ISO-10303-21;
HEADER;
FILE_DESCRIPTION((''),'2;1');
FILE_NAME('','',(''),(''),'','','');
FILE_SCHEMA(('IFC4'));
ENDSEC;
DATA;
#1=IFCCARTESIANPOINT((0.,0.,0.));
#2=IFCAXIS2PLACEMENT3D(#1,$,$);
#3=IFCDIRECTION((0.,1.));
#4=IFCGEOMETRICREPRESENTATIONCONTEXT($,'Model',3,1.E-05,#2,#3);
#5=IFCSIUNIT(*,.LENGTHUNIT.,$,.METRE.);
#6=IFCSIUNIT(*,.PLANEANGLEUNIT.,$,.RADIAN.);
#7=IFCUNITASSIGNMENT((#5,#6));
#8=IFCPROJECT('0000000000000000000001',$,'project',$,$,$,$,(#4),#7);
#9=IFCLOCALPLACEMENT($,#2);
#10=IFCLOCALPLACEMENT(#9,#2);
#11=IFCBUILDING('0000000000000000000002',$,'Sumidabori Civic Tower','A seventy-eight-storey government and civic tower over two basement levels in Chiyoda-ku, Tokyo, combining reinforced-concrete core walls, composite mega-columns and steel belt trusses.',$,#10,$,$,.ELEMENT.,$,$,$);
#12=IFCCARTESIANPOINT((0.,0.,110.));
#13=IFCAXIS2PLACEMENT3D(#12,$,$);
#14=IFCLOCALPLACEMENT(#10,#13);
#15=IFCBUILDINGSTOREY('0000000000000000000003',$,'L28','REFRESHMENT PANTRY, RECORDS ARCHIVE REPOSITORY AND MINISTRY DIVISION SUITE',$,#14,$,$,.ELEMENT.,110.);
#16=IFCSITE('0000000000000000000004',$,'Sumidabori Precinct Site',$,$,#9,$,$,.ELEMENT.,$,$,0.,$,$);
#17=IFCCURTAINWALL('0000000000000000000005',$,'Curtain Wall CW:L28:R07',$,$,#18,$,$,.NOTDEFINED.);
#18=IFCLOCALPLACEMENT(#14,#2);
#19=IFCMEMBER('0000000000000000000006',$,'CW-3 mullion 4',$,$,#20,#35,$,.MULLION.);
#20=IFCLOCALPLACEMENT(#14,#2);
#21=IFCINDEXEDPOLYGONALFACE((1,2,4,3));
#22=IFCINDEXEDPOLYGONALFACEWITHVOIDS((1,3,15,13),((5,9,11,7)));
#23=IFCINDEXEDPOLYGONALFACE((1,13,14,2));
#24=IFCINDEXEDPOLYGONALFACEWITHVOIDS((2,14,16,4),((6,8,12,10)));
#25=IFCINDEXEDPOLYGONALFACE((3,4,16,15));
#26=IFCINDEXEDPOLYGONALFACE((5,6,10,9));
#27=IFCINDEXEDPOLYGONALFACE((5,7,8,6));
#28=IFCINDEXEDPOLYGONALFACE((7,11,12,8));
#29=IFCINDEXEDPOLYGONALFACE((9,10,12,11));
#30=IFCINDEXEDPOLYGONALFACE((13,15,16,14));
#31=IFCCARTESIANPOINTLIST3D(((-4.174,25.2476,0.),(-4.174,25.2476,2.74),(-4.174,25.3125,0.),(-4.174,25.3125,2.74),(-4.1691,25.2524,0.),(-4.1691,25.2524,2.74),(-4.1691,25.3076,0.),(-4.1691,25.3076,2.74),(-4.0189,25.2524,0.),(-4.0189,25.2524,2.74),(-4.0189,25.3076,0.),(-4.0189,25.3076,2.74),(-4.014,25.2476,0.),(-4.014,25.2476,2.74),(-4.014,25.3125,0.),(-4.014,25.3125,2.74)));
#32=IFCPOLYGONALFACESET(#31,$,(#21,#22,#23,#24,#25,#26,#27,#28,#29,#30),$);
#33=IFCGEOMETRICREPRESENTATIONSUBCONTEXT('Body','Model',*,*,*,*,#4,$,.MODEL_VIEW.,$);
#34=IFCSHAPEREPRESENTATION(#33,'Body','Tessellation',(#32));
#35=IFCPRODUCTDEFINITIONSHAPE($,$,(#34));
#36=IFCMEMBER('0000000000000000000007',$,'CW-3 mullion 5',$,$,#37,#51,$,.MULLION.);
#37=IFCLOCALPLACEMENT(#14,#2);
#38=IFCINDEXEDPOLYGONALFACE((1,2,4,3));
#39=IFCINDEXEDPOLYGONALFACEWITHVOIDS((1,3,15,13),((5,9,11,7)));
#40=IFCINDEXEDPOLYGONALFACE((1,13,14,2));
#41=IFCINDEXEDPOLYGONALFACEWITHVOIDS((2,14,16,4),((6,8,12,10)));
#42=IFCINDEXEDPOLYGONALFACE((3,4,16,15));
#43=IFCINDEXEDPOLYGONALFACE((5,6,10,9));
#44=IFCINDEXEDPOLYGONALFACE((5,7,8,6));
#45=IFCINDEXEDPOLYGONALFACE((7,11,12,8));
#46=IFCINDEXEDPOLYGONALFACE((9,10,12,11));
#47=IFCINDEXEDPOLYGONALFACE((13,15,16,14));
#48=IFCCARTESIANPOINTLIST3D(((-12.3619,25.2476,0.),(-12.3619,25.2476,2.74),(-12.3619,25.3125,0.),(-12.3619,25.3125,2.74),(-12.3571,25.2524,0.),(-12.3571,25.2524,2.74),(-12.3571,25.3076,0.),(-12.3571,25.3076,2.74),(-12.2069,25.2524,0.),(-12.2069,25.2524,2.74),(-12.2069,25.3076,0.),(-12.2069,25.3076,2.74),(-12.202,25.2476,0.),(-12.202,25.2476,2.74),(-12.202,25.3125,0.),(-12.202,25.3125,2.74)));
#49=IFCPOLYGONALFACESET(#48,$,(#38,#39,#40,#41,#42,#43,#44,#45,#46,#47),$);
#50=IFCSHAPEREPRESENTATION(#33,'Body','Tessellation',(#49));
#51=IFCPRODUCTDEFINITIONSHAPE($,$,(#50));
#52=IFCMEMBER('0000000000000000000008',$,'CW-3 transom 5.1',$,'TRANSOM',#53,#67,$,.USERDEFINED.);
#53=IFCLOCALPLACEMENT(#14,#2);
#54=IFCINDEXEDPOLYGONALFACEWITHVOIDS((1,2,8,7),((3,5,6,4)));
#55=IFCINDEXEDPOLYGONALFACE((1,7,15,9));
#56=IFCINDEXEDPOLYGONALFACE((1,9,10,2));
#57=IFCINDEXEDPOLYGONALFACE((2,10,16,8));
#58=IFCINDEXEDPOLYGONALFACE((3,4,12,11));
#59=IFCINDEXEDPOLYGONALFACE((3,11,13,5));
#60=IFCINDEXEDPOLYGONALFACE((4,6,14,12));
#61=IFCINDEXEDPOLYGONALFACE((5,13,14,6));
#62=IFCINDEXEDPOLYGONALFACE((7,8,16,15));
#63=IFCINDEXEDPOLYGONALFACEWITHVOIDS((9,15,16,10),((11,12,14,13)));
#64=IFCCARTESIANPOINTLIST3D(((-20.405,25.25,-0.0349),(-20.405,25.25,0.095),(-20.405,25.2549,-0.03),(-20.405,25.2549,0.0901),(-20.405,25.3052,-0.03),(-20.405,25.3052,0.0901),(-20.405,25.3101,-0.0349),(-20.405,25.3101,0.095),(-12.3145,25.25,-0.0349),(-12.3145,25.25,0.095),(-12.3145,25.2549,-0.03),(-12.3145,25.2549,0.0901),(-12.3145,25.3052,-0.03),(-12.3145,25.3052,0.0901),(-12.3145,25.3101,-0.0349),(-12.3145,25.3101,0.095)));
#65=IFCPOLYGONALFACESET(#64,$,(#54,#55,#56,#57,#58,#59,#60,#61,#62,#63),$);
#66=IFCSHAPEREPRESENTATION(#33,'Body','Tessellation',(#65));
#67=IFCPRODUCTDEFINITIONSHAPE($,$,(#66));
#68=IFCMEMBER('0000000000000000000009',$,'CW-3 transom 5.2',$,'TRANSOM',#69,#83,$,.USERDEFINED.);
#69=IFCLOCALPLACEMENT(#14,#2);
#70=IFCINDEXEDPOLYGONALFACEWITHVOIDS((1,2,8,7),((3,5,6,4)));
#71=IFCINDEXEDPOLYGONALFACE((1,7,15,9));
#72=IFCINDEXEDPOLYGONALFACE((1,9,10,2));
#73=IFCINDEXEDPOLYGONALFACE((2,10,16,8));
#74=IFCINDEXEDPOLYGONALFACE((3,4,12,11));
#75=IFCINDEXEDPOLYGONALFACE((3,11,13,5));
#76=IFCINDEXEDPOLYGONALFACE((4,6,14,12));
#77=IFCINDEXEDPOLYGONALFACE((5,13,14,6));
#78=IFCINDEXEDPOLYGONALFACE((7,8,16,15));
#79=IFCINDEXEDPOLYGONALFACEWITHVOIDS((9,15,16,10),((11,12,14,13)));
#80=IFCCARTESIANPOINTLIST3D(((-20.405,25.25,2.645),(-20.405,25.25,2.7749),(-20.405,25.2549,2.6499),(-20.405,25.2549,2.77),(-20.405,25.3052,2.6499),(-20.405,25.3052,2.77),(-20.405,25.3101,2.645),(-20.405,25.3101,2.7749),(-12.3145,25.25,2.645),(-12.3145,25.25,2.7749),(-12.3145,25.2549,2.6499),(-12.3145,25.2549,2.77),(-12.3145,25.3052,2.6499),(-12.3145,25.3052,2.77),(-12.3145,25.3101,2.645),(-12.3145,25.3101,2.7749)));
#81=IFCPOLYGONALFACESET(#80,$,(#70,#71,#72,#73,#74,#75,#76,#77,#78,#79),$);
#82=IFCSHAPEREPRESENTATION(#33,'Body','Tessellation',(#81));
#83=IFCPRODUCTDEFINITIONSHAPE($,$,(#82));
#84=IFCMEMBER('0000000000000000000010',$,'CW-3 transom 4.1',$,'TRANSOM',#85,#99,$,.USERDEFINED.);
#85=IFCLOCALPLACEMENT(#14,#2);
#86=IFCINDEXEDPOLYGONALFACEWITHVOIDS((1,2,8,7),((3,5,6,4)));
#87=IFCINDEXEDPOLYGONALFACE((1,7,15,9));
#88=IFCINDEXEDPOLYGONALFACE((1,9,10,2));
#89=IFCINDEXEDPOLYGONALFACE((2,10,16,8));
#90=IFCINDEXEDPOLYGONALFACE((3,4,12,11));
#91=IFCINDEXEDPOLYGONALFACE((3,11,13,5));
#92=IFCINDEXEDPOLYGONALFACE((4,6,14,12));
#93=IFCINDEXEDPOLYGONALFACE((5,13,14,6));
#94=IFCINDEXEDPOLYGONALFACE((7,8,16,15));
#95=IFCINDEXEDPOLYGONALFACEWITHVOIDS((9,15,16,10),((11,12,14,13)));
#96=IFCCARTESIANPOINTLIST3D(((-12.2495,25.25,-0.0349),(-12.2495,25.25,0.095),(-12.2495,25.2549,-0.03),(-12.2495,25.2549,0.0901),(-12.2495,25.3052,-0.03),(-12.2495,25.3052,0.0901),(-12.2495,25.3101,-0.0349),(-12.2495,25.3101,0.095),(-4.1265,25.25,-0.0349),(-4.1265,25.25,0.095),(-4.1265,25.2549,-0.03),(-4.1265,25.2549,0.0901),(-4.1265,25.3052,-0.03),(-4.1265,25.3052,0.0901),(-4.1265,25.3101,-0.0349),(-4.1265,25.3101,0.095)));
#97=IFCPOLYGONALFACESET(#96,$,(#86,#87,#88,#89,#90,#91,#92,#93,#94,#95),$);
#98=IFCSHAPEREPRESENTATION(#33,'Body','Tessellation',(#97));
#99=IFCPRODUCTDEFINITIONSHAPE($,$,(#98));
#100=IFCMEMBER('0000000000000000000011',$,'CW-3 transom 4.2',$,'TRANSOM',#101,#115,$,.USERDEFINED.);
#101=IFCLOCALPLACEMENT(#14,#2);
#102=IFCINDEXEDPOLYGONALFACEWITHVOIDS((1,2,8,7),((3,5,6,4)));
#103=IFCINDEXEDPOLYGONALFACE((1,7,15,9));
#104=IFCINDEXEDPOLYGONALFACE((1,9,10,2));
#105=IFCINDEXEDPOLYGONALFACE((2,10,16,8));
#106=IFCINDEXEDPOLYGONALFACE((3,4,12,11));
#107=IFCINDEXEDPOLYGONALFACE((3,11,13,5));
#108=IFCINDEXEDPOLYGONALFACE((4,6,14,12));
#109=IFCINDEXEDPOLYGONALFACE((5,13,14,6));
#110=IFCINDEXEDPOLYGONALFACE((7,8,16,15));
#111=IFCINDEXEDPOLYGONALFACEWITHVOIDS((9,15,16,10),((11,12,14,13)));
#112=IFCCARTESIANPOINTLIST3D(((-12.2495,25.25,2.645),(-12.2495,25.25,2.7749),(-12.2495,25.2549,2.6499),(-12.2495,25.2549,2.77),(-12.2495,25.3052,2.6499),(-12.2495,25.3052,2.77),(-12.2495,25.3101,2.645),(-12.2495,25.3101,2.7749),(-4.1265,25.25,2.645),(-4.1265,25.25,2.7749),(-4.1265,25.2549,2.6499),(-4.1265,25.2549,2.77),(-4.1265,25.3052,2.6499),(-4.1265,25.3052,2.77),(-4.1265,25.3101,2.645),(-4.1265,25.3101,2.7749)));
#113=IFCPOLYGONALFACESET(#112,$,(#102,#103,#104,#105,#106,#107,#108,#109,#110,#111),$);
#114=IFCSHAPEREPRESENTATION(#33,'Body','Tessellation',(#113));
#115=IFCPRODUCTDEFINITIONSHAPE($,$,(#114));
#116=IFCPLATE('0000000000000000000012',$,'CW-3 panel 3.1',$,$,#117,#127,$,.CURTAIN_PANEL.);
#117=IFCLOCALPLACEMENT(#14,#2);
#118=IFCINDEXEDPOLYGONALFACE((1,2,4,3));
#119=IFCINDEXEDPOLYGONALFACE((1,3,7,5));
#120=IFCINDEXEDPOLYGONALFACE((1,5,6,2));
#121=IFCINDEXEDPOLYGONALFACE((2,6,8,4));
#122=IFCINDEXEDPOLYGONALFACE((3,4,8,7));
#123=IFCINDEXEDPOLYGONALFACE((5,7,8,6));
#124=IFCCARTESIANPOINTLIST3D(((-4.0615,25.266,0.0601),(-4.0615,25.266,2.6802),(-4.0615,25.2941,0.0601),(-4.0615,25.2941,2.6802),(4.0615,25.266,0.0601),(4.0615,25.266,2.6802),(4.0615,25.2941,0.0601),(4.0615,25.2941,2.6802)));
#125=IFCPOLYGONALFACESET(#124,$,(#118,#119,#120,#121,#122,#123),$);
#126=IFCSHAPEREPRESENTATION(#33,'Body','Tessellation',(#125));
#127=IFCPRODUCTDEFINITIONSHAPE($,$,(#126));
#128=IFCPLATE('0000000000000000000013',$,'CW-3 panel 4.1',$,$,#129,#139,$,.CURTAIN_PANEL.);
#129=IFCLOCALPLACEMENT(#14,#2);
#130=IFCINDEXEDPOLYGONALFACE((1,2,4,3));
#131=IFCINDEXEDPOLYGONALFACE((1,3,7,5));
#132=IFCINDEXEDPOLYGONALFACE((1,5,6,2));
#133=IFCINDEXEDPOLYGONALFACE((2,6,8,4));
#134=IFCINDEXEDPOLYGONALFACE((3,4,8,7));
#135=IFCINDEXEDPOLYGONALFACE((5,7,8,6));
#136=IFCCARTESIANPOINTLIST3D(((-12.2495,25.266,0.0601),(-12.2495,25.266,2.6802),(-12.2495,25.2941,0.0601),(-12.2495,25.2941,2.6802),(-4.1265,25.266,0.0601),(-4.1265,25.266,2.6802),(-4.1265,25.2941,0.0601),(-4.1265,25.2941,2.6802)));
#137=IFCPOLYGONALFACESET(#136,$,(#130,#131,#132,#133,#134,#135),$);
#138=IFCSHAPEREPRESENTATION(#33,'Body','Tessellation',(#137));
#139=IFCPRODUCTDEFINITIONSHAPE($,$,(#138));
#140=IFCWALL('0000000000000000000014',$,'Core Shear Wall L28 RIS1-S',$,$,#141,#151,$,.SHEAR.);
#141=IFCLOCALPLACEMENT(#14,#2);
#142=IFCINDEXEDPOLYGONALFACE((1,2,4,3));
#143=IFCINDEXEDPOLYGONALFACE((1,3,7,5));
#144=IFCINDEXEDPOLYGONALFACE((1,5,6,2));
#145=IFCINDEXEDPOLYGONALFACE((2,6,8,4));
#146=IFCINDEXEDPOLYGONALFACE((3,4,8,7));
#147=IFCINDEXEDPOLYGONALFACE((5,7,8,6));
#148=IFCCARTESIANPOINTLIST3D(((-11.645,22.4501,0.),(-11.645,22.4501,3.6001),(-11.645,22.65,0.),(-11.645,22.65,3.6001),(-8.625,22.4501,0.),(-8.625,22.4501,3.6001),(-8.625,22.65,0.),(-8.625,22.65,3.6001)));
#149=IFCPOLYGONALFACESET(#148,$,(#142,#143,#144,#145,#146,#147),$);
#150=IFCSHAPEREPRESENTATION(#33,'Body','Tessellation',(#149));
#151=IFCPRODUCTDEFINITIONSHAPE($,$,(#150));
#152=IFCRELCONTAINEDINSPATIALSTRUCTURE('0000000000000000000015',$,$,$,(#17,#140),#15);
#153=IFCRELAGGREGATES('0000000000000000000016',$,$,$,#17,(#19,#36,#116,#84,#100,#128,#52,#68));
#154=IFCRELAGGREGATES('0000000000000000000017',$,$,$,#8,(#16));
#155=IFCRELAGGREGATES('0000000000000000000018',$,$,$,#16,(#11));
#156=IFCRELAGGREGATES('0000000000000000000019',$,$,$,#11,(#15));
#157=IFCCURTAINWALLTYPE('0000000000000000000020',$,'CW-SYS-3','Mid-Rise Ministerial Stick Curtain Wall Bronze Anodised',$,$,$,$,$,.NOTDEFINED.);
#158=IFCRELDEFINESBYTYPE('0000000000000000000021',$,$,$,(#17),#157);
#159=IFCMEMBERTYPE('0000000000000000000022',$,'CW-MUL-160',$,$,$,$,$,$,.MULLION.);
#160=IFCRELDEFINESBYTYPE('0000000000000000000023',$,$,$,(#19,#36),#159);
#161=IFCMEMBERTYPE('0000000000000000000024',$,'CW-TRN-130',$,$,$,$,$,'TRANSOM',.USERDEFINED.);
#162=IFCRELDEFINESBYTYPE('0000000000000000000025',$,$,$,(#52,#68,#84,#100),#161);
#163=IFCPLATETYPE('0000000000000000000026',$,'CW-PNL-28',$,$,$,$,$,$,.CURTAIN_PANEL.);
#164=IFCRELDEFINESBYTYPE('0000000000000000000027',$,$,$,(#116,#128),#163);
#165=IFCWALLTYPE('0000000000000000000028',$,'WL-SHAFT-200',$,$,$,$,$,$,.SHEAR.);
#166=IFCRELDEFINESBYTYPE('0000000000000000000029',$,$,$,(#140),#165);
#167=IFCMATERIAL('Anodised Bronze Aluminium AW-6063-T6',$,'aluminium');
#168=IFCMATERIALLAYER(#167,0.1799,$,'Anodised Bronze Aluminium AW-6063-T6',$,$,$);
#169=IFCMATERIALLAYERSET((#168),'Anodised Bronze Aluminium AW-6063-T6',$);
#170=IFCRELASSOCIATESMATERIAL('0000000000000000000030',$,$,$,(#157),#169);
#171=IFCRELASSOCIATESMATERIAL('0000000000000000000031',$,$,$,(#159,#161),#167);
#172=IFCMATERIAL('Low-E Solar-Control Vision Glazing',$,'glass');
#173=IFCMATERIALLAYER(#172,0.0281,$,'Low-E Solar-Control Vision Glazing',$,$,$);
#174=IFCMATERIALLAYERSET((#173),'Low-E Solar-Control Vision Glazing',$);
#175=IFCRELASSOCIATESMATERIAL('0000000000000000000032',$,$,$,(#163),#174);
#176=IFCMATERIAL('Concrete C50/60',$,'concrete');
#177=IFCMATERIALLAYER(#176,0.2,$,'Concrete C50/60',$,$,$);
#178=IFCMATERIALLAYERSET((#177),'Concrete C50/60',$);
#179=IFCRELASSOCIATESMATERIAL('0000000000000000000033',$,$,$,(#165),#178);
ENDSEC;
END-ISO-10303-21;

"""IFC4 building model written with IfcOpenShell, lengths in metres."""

from ifc_helpers import new_model, si_unit, direction, frame, frame_2d, origin, origin_2d, place, context, subcontext, project, spatial, rectangle, hollow_rectangle, extrude, source, transform, mapped, material, layer, layer_set, material_profile, profile_set, type_object, element, aggregate, save


model = new_model("IFC4")

# Units and contexts
model_context = context("Model", 3, precision=1e-05, world=origin(), true_north=direction((0.0, 1.0)))
body_context = subcontext(model_context, "Body", "Model", "MODEL_VIEW")
ifc_project = project(units=[si_unit("LENGTHUNIT", "METRE"), si_unit("PLANEANGLEUNIT", "RADIAN")], contexts=[model_context])

# Site, building, storey
site_placement = place(None, origin())
site = spatial("IfcSite", under=ifc_project, at=site_placement, Name="Sumidabori Precinct Site", CompositionType="ELEMENT", RefElevation=0.0)
building_placement = place(site_placement, origin())
building = spatial("IfcBuilding", under=site, at=building_placement, Name="Sumidabori Civic Tower", Description="A seventy-eight-storey government and civic tower over two basement levels in Chiyoda-ku, Tokyo, combining reinforced-concrete core walls, composite mega-columns and steel belt trusses.", CompositionType="ELEMENT")
storey_placement = place(building_placement, frame((0.0, 0.0, 110.0)))
storey = spatial("IfcBuildingStorey", under=building, at=storey_placement, Name="L28", Description="REFRESHMENT PANTRY, RECORDS ARCHIVE REPOSITORY AND MINISTRY DIVISION SUITE", CompositionType="ELEMENT", Elevation=110.0)

# Curtain wall, members, plates
ifc_material_1 = material(Name="Anodised Bronze Aluminium AW-6063-T6", Category="aluminium")
ifc_layer_1 = layer(ifc_material_1, 0.1799, Name="Anodised Bronze Aluminium AW-6063-T6")
ifc_layer_set_1 = layer_set([ifc_layer_1], Name="Anodised Bronze Aluminium AW-6063-T6")
curtain_wall_type = type_object("IfcCurtainWallType", Name="CW-SYS-3", Description="Mid-Rise Ministerial Stick Curtain Wall Bronze Anodised", PredefinedType="NOTDEFINED", material=ifc_layer_set_1)
curtain_wall_placement = place(storey_placement, origin())
curtain_wall = element("IfcCurtainWall", 1, at=curtain_wall_placement, inside=storey, type_object=curtain_wall_type, Name="Curtain Wall CW:L28:R07", PredefinedType="NOTDEFINED")
ifc_material_profile_1 = material_profile(ifc_material_1, hollow_rectangle(XDim=0.0649, YDim=0.1599, WallThickness=0.0049, at=origin_2d()), Name="ALU MULLION 160x65")
ifc_profile_set_1 = profile_set([ifc_material_profile_1], Name="Anodised Bronze Aluminium AW-6063-T6")
member_type_1 = type_object("IfcMemberType", Name="CW-MUL-160", PredefinedType="MULLION", material=ifc_profile_set_1)
shared_shape_1 = source(origin(), body_context, "Body", "SweptSolid", [
    extrude(hollow_rectangle(XDim=0.0649, YDim=0.1599, WallThickness=0.0049, at=origin_2d()), origin(), (0.0, 0.0, 1.0), 2.74),
])
member_1_placement = place(storey_placement, frame((-4.094, 25.28, 0.0), z_axis=(0.0, 0.0, 1.0), x_axis=(0.0, -1.0, 0.0)))
member_1 = element("IfcMember", 2, at=member_1_placement, type_object=member_type_1, Name="CW-3 mullion 4", PredefinedType="MULLION", context=body_context, shape_type="MappedRepresentation", body=[
    mapped(shared_shape_1, transform((0.0, 0.0, 0.0), x_axis=(1.0, 0.0, 0.0), y_axis=(0.0, 1.0, 0.0), z_axis=(0.0, 0.0, 1.0), scale=1.0)),
])
member_2_placement = place(storey_placement, frame((-12.282, 25.28, 0.0), z_axis=(0.0, 0.0, 1.0), x_axis=(0.0, -1.0, 0.0)))
member_2 = element("IfcMember", 3, at=member_2_placement, type_object=member_type_1, Name="CW-3 mullion 5", PredefinedType="MULLION", context=body_context, shape_type="MappedRepresentation", body=[
    mapped(shared_shape_1, transform((0.0, 0.0, 0.0), x_axis=(1.0, 0.0, 0.0), y_axis=(0.0, 1.0, 0.0), z_axis=(0.0, 0.0, 1.0), scale=1.0)),
])
ifc_material_profile_2 = material_profile(ifc_material_1, hollow_rectangle(XDim=0.0601, YDim=0.1299, WallThickness=0.0049, at=origin_2d()), Name="ALU TRANSOM 130x60")
ifc_profile_set_2 = profile_set([ifc_material_profile_2], Name="Anodised Bronze Aluminium AW-6063-T6")
member_type_2 = type_object("IfcMemberType", Name="CW-TRN-130", ElementType="TRANSOM", PredefinedType="USERDEFINED", material=ifc_profile_set_2)
shared_shape_2 = source(origin(), body_context, "Body", "SweptSolid", [
    extrude(hollow_rectangle(XDim=0.0601, YDim=0.1299, WallThickness=0.0049, at=origin_2d()), origin(), (0.0, 0.0, 1.0), 8.0906),
])
member_3_placement = place(storey_placement, frame((-12.3145, 25.28, 0.03), z_axis=(-1.0, 0.0, 0.0), x_axis=(0.0, -1.0, 0.0)))
member_3 = element("IfcMember", 4, at=member_3_placement, type_object=member_type_2, Name="CW-3 transom 5.1", ObjectType="TRANSOM", PredefinedType="USERDEFINED", context=body_context, shape_type="MappedRepresentation", body=[
    mapped(shared_shape_2, transform((0.0, 0.0, 0.0), x_axis=(1.0, 0.0, 0.0), y_axis=(0.0, 1.0, 0.0), z_axis=(0.0, 0.0, 1.0), scale=1.0)),
])
member_4_placement = place(storey_placement, frame((-12.3145, 25.28, 2.71), z_axis=(-1.0, 0.0, 0.0), x_axis=(0.0, -1.0, 0.0)))
member_4 = element("IfcMember", 5, at=member_4_placement, type_object=member_type_2, Name="CW-3 transom 5.2", ObjectType="TRANSOM", PredefinedType="USERDEFINED", context=body_context, shape_type="MappedRepresentation", body=[
    mapped(shared_shape_2, transform((0.0, 0.0, 0.0), x_axis=(1.0, 0.0, 0.0), y_axis=(0.0, 1.0, 0.0), z_axis=(0.0, 0.0, 1.0), scale=1.0)),
])
shared_shape_3 = source(origin(), body_context, "Body", "SweptSolid", [
    extrude(hollow_rectangle(XDim=0.0601, YDim=0.1299, WallThickness=0.0049, at=origin_2d()), origin(), (0.0, 0.0, 1.0), 8.123),
])
member_5_placement = place(storey_placement, frame((-4.1265, 25.28, 0.03), z_axis=(-1.0, 0.0, 0.0), x_axis=(0.0, -1.0, 0.0)))
member_5 = element("IfcMember", 6, at=member_5_placement, type_object=member_type_2, Name="CW-3 transom 4.1", ObjectType="TRANSOM", PredefinedType="USERDEFINED", context=body_context, shape_type="MappedRepresentation", body=[
    mapped(shared_shape_3, transform((0.0, 0.0, 0.0), x_axis=(1.0, 0.0, 0.0), y_axis=(0.0, 1.0, 0.0), z_axis=(0.0, 0.0, 1.0), scale=1.0)),
])
member_6_placement = place(storey_placement, frame((-4.1265, 25.28, 2.71), z_axis=(-1.0, 0.0, 0.0), x_axis=(0.0, -1.0, 0.0)))
member_6 = element("IfcMember", 7, at=member_6_placement, type_object=member_type_2, Name="CW-3 transom 4.2", ObjectType="TRANSOM", PredefinedType="USERDEFINED", context=body_context, shape_type="MappedRepresentation", body=[
    mapped(shared_shape_3, transform((0.0, 0.0, 0.0), x_axis=(1.0, 0.0, 0.0), y_axis=(0.0, 1.0, 0.0), z_axis=(0.0, 0.0, 1.0), scale=1.0)),
])
ifc_material_2 = material(Name="Low-E Solar-Control Vision Glazing", Category="glass")
ifc_layer_2 = layer(ifc_material_2, 0.0281, Name="Low-E Solar-Control Vision Glazing")
ifc_layer_set_2 = layer_set([ifc_layer_2], Name="Low-E Solar-Control Vision Glazing")
plate_type = type_object("IfcPlateType", Name="CW-PNL-28", PredefinedType="CURTAIN_PANEL", material=ifc_layer_set_2)
shared_shape_4 = source(origin(), body_context, "Body", "SweptSolid", [
    extrude(rectangle(XDim=8.123, YDim=0.0281, at=origin_2d()), origin(), (0.0, 0.0, 1.0), 2.6201),
])
plate_1_placement = place(storey_placement, frame((0.0, 25.28, 0.0601), z_axis=(0.0, 0.0, 1.0), x_axis=(-1.0, 0.0, 0.0)))
plate_1 = element("IfcPlate", 8, at=plate_1_placement, type_object=plate_type, Name="CW-3 panel 3.1", PredefinedType="CURTAIN_PANEL", context=body_context, shape_type="MappedRepresentation", body=[
    mapped(shared_shape_4, transform((0.0, 0.0, 0.0), x_axis=(1.0, 0.0, 0.0), y_axis=(0.0, 1.0, 0.0), z_axis=(0.0, 0.0, 1.0), scale=1.0)),
])
plate_2_placement = place(storey_placement, frame((-8.188, 25.28, 0.0601), z_axis=(0.0, 0.0, 1.0), x_axis=(-1.0, 0.0, 0.0)))
plate_2 = element("IfcPlate", 9, at=plate_2_placement, type_object=plate_type, Name="CW-3 panel 4.1", PredefinedType="CURTAIN_PANEL", context=body_context, shape_type="MappedRepresentation", body=[
    mapped(shared_shape_4, transform((0.0, 0.0, 0.0), x_axis=(1.0, 0.0, 0.0), y_axis=(0.0, 1.0, 0.0), z_axis=(0.0, 0.0, 1.0), scale=1.0)),
])
aggregate(curtain_wall, [member_1, member_2, plate_1, member_5, member_6, plate_2, member_3, member_4])

# Wall
ifc_material_3 = material(Name="Concrete C50/60", Category="concrete")
ifc_layer_3 = layer(ifc_material_3, 0.2, Name="Concrete C50/60")
ifc_layer_set_3 = layer_set([ifc_layer_3], Name="Concrete C50/60")
wall_type_1 = type_object("IfcWallType", Name="WL-SHAFT-200", PredefinedType="SHEAR", material=ifc_layer_set_3)
shared_shape_5 = source(origin(), body_context, "Body", "SweptSolid", [
    extrude(rectangle(XDim=3.02, YDim=0.2, at=frame_2d((1.51, 0.0))), origin(), (0.0, 0.0, 1.0), 3.6001),
])
wall_1_placement = place(storey_placement, frame((-11.645, 22.55, 0.0), z_axis=(0.0, 0.0, 1.0), x_axis=(1.0, 0.0, 0.0)))
element("IfcWall", 10, at=wall_1_placement, inside=storey, type_object=wall_type_1, Name="Core Shear Wall L28 RIS1-S", PredefinedType="SHEAR", context=body_context, shape_type="MappedRepresentation", body=[
    mapped(shared_shape_5, transform((0.0, 0.0, 0.0), x_axis=(1.0, 0.0, 0.0), y_axis=(0.0, 1.0, 0.0), z_axis=(0.0, 0.0, 1.0), scale=1.0)),
])

save(model, "model.ifc")
